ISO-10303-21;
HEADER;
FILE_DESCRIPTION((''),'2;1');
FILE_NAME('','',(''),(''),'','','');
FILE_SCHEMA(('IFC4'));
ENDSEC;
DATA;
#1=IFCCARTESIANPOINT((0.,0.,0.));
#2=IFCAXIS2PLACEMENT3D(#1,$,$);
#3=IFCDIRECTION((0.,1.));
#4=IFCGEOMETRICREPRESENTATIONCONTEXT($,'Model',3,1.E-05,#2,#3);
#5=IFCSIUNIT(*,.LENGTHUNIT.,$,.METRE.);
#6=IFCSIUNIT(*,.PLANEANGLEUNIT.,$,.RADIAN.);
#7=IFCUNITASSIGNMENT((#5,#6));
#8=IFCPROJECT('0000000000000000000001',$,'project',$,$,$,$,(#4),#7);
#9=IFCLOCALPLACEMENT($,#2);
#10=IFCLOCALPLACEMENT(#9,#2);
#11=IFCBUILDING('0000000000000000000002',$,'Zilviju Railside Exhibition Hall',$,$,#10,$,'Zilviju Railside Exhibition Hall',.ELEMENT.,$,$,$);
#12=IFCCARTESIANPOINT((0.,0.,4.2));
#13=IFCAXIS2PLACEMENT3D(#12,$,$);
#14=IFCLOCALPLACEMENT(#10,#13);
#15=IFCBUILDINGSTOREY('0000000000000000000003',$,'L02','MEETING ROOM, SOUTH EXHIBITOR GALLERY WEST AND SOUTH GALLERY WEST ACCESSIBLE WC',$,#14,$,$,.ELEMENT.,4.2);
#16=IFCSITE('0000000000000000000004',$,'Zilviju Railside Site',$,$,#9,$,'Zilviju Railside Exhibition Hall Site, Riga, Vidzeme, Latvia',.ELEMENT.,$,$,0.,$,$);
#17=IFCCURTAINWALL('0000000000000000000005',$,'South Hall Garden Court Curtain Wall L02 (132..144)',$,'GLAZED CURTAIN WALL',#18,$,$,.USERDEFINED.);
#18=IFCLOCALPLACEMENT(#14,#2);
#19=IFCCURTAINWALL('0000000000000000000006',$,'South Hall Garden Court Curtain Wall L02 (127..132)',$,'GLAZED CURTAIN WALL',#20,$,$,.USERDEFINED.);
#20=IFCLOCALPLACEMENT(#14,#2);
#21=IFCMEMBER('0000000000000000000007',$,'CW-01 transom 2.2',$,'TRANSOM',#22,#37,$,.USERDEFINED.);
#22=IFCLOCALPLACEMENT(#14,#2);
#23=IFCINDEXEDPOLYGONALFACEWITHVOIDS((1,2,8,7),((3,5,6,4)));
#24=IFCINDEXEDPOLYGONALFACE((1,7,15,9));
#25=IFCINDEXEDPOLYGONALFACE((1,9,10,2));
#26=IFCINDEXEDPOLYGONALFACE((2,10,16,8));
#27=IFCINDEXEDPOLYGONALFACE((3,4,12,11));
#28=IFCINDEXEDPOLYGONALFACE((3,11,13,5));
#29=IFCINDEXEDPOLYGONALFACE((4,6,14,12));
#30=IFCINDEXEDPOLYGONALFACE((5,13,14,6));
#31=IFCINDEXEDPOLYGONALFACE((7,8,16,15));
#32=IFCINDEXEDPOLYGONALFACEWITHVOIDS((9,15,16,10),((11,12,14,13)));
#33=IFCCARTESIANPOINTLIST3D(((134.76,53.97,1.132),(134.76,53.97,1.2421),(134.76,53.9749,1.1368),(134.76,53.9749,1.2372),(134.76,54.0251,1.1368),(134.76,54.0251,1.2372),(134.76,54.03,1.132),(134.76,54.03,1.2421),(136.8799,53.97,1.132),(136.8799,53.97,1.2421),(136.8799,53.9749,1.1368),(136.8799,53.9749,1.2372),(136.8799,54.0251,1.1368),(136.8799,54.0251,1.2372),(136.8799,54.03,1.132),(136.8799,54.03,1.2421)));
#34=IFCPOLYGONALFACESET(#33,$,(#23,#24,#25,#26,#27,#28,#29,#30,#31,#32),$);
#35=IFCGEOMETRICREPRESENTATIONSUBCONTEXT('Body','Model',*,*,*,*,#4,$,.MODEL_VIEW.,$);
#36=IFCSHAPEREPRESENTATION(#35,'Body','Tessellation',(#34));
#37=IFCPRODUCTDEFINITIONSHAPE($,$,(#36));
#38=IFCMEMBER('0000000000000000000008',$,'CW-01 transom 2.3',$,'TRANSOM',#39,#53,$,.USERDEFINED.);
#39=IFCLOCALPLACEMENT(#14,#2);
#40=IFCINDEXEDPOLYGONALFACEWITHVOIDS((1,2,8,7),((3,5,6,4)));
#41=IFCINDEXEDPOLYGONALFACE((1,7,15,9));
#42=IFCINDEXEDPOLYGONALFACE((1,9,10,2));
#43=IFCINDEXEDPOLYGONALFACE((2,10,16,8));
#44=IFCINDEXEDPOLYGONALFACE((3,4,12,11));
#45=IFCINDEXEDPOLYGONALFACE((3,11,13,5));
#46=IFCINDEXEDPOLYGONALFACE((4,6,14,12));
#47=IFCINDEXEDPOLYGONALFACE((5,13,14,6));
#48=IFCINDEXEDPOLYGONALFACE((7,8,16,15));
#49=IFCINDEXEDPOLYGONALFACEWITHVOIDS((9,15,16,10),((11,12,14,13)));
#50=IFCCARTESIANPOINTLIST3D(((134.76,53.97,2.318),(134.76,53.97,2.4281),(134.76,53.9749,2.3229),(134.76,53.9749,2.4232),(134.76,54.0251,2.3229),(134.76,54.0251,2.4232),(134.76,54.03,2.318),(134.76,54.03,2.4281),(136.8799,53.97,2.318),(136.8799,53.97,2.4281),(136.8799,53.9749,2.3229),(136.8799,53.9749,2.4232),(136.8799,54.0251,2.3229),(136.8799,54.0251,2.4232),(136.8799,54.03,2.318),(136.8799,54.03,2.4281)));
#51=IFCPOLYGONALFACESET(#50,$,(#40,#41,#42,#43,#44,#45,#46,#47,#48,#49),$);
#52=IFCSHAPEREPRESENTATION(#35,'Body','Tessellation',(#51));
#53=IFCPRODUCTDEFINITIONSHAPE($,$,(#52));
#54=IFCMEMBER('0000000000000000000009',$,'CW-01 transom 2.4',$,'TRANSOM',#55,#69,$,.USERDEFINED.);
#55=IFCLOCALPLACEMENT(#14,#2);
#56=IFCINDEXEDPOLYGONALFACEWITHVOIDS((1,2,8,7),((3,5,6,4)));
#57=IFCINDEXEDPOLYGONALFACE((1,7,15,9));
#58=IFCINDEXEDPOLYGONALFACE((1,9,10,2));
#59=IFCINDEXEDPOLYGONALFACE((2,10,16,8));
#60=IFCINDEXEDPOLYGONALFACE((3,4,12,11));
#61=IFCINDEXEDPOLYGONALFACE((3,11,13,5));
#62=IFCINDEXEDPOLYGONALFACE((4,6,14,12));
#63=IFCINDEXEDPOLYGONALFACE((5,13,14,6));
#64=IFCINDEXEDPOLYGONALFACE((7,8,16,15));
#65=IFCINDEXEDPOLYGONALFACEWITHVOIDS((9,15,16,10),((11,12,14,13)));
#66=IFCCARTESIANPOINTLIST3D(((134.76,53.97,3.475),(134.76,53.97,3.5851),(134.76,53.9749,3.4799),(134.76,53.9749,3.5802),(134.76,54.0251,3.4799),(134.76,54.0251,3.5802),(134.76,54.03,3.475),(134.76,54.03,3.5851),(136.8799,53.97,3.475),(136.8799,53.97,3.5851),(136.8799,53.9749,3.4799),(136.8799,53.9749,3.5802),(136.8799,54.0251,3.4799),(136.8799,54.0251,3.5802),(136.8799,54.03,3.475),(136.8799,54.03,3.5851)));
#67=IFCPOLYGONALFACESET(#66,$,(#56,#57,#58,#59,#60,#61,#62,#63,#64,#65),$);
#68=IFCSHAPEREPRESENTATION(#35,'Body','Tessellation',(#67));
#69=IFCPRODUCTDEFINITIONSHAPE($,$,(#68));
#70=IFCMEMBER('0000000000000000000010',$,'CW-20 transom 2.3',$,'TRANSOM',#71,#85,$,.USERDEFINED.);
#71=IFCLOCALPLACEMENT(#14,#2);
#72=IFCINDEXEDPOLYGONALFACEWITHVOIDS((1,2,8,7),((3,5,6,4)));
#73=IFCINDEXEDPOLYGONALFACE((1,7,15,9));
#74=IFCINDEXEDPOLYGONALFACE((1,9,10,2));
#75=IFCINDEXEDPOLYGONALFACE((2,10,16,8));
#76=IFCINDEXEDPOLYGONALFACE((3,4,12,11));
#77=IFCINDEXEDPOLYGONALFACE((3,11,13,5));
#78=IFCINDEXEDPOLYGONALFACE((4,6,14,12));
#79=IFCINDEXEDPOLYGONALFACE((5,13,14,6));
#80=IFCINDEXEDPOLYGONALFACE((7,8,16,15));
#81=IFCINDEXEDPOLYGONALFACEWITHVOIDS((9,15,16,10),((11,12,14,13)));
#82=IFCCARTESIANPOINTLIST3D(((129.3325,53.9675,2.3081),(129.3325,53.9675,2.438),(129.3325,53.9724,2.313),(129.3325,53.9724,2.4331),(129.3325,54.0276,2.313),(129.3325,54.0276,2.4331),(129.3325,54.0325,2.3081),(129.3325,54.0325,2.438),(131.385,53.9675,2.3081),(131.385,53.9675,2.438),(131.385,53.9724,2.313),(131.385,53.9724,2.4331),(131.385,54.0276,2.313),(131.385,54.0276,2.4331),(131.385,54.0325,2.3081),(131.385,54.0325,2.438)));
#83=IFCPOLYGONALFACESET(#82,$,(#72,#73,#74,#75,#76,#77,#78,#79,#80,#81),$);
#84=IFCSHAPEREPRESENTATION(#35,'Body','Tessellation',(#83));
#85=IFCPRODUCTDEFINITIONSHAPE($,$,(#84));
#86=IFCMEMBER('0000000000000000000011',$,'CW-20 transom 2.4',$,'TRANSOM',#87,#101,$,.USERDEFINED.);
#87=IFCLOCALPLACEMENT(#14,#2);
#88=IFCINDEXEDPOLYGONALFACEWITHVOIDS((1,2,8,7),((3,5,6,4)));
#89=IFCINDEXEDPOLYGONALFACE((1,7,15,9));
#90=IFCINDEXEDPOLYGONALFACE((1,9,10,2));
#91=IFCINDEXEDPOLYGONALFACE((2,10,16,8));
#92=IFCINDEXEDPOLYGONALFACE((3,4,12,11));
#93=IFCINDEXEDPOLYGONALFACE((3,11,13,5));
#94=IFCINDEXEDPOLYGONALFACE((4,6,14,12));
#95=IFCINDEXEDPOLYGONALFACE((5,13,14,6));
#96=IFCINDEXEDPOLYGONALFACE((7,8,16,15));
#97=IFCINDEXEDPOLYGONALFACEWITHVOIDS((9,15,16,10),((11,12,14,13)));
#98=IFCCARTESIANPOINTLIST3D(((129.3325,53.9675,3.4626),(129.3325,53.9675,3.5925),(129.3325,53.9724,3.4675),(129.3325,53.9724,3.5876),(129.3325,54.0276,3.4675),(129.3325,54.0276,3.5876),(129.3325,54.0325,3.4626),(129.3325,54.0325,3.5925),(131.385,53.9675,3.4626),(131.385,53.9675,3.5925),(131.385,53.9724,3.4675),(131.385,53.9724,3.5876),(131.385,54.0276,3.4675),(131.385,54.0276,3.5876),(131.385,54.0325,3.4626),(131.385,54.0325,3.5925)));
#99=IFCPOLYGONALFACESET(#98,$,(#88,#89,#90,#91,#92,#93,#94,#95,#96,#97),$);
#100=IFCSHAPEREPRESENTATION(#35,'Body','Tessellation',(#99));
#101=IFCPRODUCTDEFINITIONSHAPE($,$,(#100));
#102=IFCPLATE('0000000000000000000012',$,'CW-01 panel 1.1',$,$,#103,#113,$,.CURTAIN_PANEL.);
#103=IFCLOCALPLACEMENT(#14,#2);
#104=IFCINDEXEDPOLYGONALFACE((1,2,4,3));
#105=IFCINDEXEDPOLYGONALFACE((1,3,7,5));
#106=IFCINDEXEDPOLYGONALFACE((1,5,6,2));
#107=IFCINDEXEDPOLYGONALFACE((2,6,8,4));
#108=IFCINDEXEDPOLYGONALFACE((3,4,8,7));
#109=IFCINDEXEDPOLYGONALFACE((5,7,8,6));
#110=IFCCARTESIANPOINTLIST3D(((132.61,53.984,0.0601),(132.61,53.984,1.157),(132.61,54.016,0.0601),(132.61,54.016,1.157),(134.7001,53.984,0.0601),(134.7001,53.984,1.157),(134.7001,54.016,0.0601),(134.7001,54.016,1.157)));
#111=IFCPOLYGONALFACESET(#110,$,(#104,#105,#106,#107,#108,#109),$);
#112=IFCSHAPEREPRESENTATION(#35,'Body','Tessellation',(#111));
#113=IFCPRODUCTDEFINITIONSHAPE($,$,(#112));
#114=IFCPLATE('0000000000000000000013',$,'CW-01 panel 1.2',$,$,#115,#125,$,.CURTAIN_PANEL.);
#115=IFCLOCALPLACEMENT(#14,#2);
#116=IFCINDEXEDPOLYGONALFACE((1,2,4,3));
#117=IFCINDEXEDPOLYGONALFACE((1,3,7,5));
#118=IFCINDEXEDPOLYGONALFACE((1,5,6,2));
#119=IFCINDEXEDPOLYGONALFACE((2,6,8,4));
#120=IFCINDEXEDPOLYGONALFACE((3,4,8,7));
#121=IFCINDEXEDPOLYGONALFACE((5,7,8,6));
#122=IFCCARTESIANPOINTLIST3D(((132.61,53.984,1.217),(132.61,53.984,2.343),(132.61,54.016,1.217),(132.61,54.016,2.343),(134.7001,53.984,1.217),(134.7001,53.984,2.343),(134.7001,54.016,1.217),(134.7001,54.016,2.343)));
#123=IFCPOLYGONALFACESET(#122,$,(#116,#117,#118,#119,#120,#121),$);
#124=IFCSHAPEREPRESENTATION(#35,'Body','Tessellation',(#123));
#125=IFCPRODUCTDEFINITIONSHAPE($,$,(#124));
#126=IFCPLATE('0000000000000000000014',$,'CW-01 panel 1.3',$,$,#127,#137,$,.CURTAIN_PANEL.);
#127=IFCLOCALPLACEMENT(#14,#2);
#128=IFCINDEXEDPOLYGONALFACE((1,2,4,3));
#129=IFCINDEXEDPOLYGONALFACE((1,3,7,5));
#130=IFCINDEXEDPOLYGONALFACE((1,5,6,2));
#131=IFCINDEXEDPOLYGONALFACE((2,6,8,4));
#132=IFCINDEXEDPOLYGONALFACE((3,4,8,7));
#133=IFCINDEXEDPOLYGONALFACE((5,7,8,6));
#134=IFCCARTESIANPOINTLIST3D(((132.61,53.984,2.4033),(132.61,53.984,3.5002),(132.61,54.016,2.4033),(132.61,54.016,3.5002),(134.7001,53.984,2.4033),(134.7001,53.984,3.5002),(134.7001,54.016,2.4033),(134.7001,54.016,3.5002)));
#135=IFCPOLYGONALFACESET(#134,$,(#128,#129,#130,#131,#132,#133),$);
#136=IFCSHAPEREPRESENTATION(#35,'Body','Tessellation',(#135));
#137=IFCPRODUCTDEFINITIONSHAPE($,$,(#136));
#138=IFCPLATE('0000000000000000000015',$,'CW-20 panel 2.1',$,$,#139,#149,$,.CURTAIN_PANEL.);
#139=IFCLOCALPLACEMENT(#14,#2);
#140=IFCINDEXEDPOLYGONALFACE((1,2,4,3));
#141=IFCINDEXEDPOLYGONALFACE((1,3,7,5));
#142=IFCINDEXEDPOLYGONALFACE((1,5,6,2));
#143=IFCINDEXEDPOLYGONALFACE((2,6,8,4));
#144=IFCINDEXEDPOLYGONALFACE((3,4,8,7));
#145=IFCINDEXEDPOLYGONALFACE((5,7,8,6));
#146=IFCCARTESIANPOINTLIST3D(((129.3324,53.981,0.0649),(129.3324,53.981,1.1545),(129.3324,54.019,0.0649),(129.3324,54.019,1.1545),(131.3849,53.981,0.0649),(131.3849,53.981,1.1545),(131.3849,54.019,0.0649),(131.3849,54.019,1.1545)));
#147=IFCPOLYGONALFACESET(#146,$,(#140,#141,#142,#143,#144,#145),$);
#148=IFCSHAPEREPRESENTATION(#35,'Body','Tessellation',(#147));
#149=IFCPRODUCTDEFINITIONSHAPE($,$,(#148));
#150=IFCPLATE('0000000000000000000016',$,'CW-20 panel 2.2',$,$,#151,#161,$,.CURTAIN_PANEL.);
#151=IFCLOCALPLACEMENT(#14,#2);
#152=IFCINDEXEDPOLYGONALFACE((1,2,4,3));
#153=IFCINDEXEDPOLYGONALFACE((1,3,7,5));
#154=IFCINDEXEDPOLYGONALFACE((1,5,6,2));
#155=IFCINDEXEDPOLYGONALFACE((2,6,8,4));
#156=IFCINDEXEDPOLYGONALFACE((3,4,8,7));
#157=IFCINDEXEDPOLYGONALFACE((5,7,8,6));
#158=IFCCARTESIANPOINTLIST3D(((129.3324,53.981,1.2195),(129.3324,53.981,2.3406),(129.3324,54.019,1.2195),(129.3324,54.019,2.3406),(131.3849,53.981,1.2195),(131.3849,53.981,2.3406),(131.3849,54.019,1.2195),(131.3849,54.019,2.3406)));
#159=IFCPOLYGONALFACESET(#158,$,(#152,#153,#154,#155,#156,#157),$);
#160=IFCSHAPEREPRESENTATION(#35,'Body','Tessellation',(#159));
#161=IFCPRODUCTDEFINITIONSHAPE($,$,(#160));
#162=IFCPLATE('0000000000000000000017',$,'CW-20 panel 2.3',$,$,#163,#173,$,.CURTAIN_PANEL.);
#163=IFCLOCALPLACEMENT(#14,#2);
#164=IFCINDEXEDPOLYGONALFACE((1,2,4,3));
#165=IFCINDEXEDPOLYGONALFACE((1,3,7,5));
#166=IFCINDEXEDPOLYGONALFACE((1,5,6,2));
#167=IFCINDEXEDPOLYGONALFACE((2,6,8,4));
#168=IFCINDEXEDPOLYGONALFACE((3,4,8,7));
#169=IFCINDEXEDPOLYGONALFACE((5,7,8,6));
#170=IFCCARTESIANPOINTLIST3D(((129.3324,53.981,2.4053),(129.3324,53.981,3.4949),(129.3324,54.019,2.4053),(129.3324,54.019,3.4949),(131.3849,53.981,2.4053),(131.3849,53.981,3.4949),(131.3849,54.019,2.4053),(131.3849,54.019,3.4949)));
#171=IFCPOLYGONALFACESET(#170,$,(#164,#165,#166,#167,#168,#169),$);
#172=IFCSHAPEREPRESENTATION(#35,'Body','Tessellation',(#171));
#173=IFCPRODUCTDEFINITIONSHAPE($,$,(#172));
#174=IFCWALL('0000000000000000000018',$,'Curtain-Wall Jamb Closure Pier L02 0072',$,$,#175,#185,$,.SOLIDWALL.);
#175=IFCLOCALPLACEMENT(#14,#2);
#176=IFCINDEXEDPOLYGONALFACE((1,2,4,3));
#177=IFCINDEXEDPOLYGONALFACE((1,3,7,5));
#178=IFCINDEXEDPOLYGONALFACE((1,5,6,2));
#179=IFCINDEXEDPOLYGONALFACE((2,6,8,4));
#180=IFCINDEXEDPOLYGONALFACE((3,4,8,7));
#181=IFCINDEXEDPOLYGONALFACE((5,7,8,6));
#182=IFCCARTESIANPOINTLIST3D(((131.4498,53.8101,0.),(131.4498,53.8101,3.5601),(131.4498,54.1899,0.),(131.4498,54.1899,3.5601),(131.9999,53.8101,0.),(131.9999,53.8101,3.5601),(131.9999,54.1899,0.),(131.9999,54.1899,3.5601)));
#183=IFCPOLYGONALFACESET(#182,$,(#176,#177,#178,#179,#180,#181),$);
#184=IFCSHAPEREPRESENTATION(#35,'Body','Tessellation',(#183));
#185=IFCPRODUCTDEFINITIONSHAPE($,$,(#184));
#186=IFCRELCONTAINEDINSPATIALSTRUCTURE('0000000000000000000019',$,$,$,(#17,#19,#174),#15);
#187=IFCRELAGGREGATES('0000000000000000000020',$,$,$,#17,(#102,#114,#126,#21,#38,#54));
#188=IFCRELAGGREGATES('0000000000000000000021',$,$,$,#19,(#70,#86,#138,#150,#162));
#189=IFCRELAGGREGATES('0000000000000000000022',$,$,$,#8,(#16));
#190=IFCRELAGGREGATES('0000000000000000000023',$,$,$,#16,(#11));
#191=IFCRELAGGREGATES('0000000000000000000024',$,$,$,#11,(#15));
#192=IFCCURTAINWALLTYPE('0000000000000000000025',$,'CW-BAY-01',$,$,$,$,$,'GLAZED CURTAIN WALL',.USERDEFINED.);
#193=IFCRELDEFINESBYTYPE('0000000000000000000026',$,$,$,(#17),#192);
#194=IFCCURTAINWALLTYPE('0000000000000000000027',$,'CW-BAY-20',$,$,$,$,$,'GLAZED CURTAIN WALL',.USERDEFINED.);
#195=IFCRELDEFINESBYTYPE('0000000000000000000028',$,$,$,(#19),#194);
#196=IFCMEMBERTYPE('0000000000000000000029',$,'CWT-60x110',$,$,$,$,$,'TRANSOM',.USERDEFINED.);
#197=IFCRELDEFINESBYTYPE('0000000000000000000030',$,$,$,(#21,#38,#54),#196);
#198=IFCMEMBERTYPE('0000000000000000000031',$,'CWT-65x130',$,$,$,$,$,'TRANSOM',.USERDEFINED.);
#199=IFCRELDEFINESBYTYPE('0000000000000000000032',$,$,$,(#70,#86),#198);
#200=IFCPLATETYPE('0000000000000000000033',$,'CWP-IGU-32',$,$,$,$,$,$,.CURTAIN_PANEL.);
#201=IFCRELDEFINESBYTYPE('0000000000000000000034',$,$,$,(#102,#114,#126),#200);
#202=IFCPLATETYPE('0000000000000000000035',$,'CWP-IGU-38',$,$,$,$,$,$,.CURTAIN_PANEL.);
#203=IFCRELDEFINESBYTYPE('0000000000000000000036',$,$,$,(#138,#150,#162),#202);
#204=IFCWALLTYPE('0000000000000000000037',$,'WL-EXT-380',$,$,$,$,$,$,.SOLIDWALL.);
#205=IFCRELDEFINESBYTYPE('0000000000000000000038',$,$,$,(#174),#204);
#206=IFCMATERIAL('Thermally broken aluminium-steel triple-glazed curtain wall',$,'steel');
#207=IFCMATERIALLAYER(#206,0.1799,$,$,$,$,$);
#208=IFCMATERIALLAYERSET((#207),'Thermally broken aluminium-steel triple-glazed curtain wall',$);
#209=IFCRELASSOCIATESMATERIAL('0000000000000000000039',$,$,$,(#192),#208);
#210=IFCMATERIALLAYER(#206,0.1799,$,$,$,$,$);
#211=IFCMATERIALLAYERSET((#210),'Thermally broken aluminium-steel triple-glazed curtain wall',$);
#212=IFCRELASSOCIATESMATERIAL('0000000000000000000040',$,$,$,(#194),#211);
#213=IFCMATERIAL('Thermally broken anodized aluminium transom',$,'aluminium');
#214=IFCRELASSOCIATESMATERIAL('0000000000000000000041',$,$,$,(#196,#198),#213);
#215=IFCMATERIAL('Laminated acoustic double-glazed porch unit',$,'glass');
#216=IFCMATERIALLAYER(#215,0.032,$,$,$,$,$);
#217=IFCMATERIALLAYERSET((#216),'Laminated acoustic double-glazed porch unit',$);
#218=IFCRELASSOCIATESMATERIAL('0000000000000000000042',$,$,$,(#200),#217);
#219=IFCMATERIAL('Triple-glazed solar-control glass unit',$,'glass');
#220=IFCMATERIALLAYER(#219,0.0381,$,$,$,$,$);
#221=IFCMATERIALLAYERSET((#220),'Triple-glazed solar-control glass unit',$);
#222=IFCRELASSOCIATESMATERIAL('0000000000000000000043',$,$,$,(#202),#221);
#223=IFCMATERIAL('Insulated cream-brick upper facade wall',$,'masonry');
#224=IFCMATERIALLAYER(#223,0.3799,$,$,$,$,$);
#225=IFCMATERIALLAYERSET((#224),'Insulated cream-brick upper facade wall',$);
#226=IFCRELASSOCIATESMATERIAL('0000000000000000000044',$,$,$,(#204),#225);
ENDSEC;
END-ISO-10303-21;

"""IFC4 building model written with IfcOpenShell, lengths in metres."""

from ifc_helpers import new_model, si_unit, direction, frame, frame_2d, origin, origin_2d, place, context, subcontext, project, spatial, rectangle, hollow_rectangle, extrude, material, layer, layer_set, material_profile, profile_set, type_object, element, aggregate, save


model = new_model("IFC4")

# Units and contexts
model_context = context("Model", 3, precision=1e-05, world=origin(), true_north=direction((0.0, 1.0)))
body_context = subcontext(model_context, "Body", "Model", "MODEL_VIEW")
ifc_project = project(units=[si_unit("LENGTHUNIT", "METRE"), si_unit("PLANEANGLEUNIT", "RADIAN")], contexts=[model_context])

# Site, building, storey
site_placement = place(None, origin())
site = spatial("IfcSite", under=ifc_project, at=site_placement, Name="Zilviju Railside Site", LongName="Zilviju Railside Exhibition Hall Site, Riga, Vidzeme, Latvia", CompositionType="ELEMENT", RefElevation=0.0)
building_placement = place(site_placement, origin())
building = spatial("IfcBuilding", under=site, at=building_placement, Name="Zilviju Railside Exhibition Hall", LongName="Zilviju Railside Exhibition Hall", CompositionType="ELEMENT")
storey_placement = place(building_placement, frame((0.0, 0.0, 4.2)))
storey = spatial("IfcBuildingStorey", under=building, at=storey_placement, Name="L02", Description="MEETING ROOM, SOUTH EXHIBITOR GALLERY WEST AND SOUTH GALLERY WEST ACCESSIBLE WC", CompositionType="ELEMENT", Elevation=4.2)

# Curtain wall
ifc_material_1 = material(Name="Thermally broken aluminium-steel triple-glazed curtain wall", Category="steel")
ifc_layer_1 = layer(ifc_material_1, 0.1799)
ifc_layer_set_1 = layer_set([ifc_layer_1], Name="Thermally broken aluminium-steel triple-glazed curtain wall")
curtain_wall_type_1 = type_object("IfcCurtainWallType", Name="CW-BAY-01", ElementType="GLAZED CURTAIN WALL", PredefinedType="USERDEFINED", material=ifc_layer_set_1)
curtain_wall_1_placement = place(storey_placement, origin())
curtain_wall_1 = element("IfcCurtainWall", 1, at=curtain_wall_1_placement, inside=storey, type_object=curtain_wall_type_1, Name="South Hall Garden Court Curtain Wall L02 (132..144)", ObjectType="GLAZED CURTAIN WALL", PredefinedType="USERDEFINED")

# Curtain wall
ifc_layer_2 = layer(ifc_material_1, 0.1799)
ifc_layer_set_2 = layer_set([ifc_layer_2], Name="Thermally broken aluminium-steel triple-glazed curtain wall")
curtain_wall_type_2 = type_object("IfcCurtainWallType", Name="CW-BAY-20", ElementType="GLAZED CURTAIN WALL", PredefinedType="USERDEFINED", material=ifc_layer_set_2)
curtain_wall_2_placement = place(storey_placement, origin())
curtain_wall_2 = element("IfcCurtainWall", 2, at=curtain_wall_2_placement, inside=storey, type_object=curtain_wall_type_2, Name="South Hall Garden Court Curtain Wall L02 (127..132)", ObjectType="GLAZED CURTAIN WALL", PredefinedType="USERDEFINED")

# Members
ifc_material_2 = material(Name="Thermally broken anodized aluminium transom", Category="aluminium")
ifc_material_profile_1 = material_profile(ifc_material_2, hollow_rectangle(XDim=0.0601, YDim=0.1101, WallThickness=0.0049, at=origin_2d()), Name="TRANSOM 110x60x5")
ifc_profile_set_1 = profile_set([ifc_material_profile_1], Name="Thermally broken anodized aluminium transom")
member_type_1 = type_object("IfcMemberType", Name="CWT-60x110", ElementType="TRANSOM", PredefinedType="USERDEFINED", material=ifc_profile_set_1)
member_1_placement = place(storey_placement, frame((134.76, 54.0, 1.187), z_axis=(1.0, 0.0, 0.0), x_axis=(0.0, 1.0, 0.0)))
member_1 = element("IfcMember", 3, at=member_1_placement, type_object=member_type_1, Name="CW-01 transom 2.2", ObjectType="TRANSOM", PredefinedType="USERDEFINED", context=body_context, shape_type="SweptSolid", body=[
    extrude(hollow_rectangle(XDim=0.0601, YDim=0.1101, WallThickness=0.0049, at=origin_2d()), origin(), (0.0, 0.0, 1.0), 2.1199),
])
member_2_placement = place(storey_placement, frame((134.76, 54.0, 2.373), z_axis=(1.0, 0.0, 0.0), x_axis=(0.0, 1.0, 0.0)))
member_2 = element("IfcMember", 4, at=member_2_placement, type_object=member_type_1, Name="CW-01 transom 2.3", ObjectType="TRANSOM", PredefinedType="USERDEFINED", context=body_context, shape_type="SweptSolid", body=[
    extrude(hollow_rectangle(XDim=0.0601, YDim=0.1101, WallThickness=0.0049, at=origin_2d()), origin(), (0.0, 0.0, 1.0), 2.1199),
])
member_3_placement = place(storey_placement, frame((134.76, 54.0, 3.53), z_axis=(1.0, 0.0, 0.0), x_axis=(0.0, 1.0, 0.0)))
member_3 = element("IfcMember", 5, at=member_3_placement, type_object=member_type_1, Name="CW-01 transom 2.4", ObjectType="TRANSOM", PredefinedType="USERDEFINED", context=body_context, shape_type="SweptSolid", body=[
    extrude(hollow_rectangle(XDim=0.0601, YDim=0.1101, WallThickness=0.0049, at=origin_2d()), origin(), (0.0, 0.0, 1.0), 2.1199),
])
ifc_material_profile_2 = material_profile(ifc_material_2, hollow_rectangle(XDim=0.0649, YDim=0.1299, WallThickness=0.0049, at=origin_2d()), Name="TRANSOM 130x65x5")
ifc_profile_set_2 = profile_set([ifc_material_profile_2], Name="Thermally broken anodized aluminium transom")
member_type_2 = type_object("IfcMemberType", Name="CWT-65x130", ElementType="TRANSOM", PredefinedType="USERDEFINED", material=ifc_profile_set_2)
member_4_placement = place(storey_placement, frame((129.3325, 54.0, 2.373), z_axis=(1.0, 0.0, 0.0), x_axis=(0.0, 1.0, 0.0)))
member_4 = element("IfcMember", 6, at=member_4_placement, type_object=member_type_2, Name="CW-20 transom 2.3", ObjectType="TRANSOM", PredefinedType="USERDEFINED", context=body_context, shape_type="SweptSolid", body=[
    extrude(hollow_rectangle(XDim=0.0649, YDim=0.1299, WallThickness=0.0049, at=origin_2d()), origin(), (0.0, 0.0, 1.0), 2.0525),
])
member_5_placement = place(storey_placement, frame((129.3325, 54.0, 3.5276), z_axis=(1.0, 0.0, 0.0), x_axis=(0.0, 1.0, 0.0)))
member_5 = element("IfcMember", 7, at=member_5_placement, type_object=member_type_2, Name="CW-20 transom 2.4", ObjectType="TRANSOM", PredefinedType="USERDEFINED", context=body_context, shape_type="SweptSolid", body=[
    extrude(hollow_rectangle(XDim=0.0649, YDim=0.1299, WallThickness=0.0049, at=origin_2d()), origin(), (0.0, 0.0, 1.0), 2.0525),
])

# Plates
ifc_material_3 = material(Name="Laminated acoustic double-glazed porch unit", Category="glass")
ifc_layer_3 = layer(ifc_material_3, 0.032)
ifc_layer_set_3 = layer_set([ifc_layer_3], Name="Laminated acoustic double-glazed porch unit")
plate_type_1 = type_object("IfcPlateType", Name="CWP-IGU-32", PredefinedType="CURTAIN_PANEL", material=ifc_layer_set_3)
plate_1_placement = place(storey_placement, frame((133.655, 54.0, 0.0601), z_axis=(0.0, 0.0, 1.0), x_axis=(1.0, 0.0, 0.0)))
plate_1 = element("IfcPlate", 8, at=plate_1_placement, type_object=plate_type_1, Name="CW-01 panel 1.1", PredefinedType="CURTAIN_PANEL", context=body_context, shape_type="SweptSolid", body=[
    extrude(rectangle(XDim=2.0901, YDim=0.032, at=origin_2d()), origin(), (0.0, 0.0, 1.0), 1.0969),
])
plate_2_placement = place(storey_placement, frame((133.655, 54.0, 1.217), z_axis=(0.0, 0.0, 1.0), x_axis=(1.0, 0.0, 0.0)))
plate_2 = element("IfcPlate", 9, at=plate_2_placement, type_object=plate_type_1, Name="CW-01 panel 1.2", PredefinedType="CURTAIN_PANEL", context=body_context, shape_type="SweptSolid", body=[
    extrude(rectangle(XDim=2.0901, YDim=0.032, at=origin_2d()), origin(), (0.0, 0.0, 1.0), 1.126),
])
plate_3_placement = place(storey_placement, frame((133.655, 54.0, 2.4033), z_axis=(0.0, 0.0, 1.0), x_axis=(1.0, 0.0, 0.0)))
plate_3 = element("IfcPlate", 10, at=plate_3_placement, type_object=plate_type_1, Name="CW-01 panel 1.3", PredefinedType="CURTAIN_PANEL", context=body_context, shape_type="SweptSolid", body=[
    extrude(rectangle(XDim=2.0901, YDim=0.032, at=origin_2d()), origin(), (0.0, 0.0, 1.0), 1.0969),
])
aggregate(curtain_wall_1, [plate_1, plate_2, plate_3, member_1, member_2, member_3])
ifc_material_4 = material(Name="Triple-glazed solar-control glass unit", Category="glass")
ifc_layer_4 = layer(ifc_material_4, 0.0381)
ifc_layer_set_4 = layer_set([ifc_layer_4], Name="Triple-glazed solar-control glass unit")
plate_type_2 = type_object("IfcPlateType", Name="CWP-IGU-38", PredefinedType="CURTAIN_PANEL", material=ifc_layer_set_4)
plate_4_placement = place(storey_placement, frame((130.3586, 54.0, 0.0649), z_axis=(0.0, 0.0, 1.0), x_axis=(1.0, 0.0, 0.0)))
plate_4 = element("IfcPlate", 11, at=plate_4_placement, type_object=plate_type_2, Name="CW-20 panel 2.1", PredefinedType="CURTAIN_PANEL", context=body_context, shape_type="SweptSolid", body=[
    extrude(rectangle(XDim=2.0525, YDim=0.0381, at=origin_2d()), origin(), (0.0, 0.0, 1.0), 1.0896),
])
plate_5_placement = place(storey_placement, frame((130.3586, 54.0, 1.2195), z_axis=(0.0, 0.0, 1.0), x_axis=(1.0, 0.0, 0.0)))
plate_5 = element("IfcPlate", 12, at=plate_5_placement, type_object=plate_type_2, Name="CW-20 panel 2.2", PredefinedType="CURTAIN_PANEL", context=body_context, shape_type="SweptSolid", body=[
    extrude(rectangle(XDim=2.0525, YDim=0.0381, at=origin_2d()), origin(), (0.0, 0.0, 1.0), 1.1211),
])
plate_6_placement = place(storey_placement, frame((130.3586, 54.0, 2.4053), z_axis=(0.0, 0.0, 1.0), x_axis=(1.0, 0.0, 0.0)))
plate_6 = element("IfcPlate", 13, at=plate_6_placement, type_object=plate_type_2, Name="CW-20 panel 2.3", PredefinedType="CURTAIN_PANEL", context=body_context, shape_type="SweptSolid", body=[
    extrude(rectangle(XDim=2.0525, YDim=0.0381, at=origin_2d()), origin(), (0.0, 0.0, 1.0), 1.0896),
])
aggregate(curtain_wall_2, [member_4, member_5, plate_4, plate_5, plate_6])

# Wall
ifc_material_5 = material(Name="Insulated cream-brick upper facade wall", Category="masonry")
ifc_layer_5 = layer(ifc_material_5, 0.3799)
ifc_layer_set_5 = layer_set([ifc_layer_5], Name="Insulated cream-brick upper facade wall")
wall_type = type_object("IfcWallType", Name="WL-EXT-380", PredefinedType="SOLIDWALL", material=ifc_layer_set_5)
wall_1_placement = place(storey_placement, frame((131.45, 54.0, 0.0), z_axis=(0.0, 0.0, 1.0), x_axis=(1.0, 0.0, 0.0)))
element("IfcWall", 14, at=wall_1_placement, inside=storey, type_object=wall_type, Name="Curtain-Wall Jamb Closure Pier L02 0072", PredefinedType="SOLIDWALL", context=body_context, shape_type="SweptSolid", body=[
    extrude(rectangle(XDim=0.55, YDim=0.3799, at=frame_2d((0.2749, 0.0))), origin(), (0.0, 0.0, 1.0), 3.5601),
])

save(model, "model.ifc")
